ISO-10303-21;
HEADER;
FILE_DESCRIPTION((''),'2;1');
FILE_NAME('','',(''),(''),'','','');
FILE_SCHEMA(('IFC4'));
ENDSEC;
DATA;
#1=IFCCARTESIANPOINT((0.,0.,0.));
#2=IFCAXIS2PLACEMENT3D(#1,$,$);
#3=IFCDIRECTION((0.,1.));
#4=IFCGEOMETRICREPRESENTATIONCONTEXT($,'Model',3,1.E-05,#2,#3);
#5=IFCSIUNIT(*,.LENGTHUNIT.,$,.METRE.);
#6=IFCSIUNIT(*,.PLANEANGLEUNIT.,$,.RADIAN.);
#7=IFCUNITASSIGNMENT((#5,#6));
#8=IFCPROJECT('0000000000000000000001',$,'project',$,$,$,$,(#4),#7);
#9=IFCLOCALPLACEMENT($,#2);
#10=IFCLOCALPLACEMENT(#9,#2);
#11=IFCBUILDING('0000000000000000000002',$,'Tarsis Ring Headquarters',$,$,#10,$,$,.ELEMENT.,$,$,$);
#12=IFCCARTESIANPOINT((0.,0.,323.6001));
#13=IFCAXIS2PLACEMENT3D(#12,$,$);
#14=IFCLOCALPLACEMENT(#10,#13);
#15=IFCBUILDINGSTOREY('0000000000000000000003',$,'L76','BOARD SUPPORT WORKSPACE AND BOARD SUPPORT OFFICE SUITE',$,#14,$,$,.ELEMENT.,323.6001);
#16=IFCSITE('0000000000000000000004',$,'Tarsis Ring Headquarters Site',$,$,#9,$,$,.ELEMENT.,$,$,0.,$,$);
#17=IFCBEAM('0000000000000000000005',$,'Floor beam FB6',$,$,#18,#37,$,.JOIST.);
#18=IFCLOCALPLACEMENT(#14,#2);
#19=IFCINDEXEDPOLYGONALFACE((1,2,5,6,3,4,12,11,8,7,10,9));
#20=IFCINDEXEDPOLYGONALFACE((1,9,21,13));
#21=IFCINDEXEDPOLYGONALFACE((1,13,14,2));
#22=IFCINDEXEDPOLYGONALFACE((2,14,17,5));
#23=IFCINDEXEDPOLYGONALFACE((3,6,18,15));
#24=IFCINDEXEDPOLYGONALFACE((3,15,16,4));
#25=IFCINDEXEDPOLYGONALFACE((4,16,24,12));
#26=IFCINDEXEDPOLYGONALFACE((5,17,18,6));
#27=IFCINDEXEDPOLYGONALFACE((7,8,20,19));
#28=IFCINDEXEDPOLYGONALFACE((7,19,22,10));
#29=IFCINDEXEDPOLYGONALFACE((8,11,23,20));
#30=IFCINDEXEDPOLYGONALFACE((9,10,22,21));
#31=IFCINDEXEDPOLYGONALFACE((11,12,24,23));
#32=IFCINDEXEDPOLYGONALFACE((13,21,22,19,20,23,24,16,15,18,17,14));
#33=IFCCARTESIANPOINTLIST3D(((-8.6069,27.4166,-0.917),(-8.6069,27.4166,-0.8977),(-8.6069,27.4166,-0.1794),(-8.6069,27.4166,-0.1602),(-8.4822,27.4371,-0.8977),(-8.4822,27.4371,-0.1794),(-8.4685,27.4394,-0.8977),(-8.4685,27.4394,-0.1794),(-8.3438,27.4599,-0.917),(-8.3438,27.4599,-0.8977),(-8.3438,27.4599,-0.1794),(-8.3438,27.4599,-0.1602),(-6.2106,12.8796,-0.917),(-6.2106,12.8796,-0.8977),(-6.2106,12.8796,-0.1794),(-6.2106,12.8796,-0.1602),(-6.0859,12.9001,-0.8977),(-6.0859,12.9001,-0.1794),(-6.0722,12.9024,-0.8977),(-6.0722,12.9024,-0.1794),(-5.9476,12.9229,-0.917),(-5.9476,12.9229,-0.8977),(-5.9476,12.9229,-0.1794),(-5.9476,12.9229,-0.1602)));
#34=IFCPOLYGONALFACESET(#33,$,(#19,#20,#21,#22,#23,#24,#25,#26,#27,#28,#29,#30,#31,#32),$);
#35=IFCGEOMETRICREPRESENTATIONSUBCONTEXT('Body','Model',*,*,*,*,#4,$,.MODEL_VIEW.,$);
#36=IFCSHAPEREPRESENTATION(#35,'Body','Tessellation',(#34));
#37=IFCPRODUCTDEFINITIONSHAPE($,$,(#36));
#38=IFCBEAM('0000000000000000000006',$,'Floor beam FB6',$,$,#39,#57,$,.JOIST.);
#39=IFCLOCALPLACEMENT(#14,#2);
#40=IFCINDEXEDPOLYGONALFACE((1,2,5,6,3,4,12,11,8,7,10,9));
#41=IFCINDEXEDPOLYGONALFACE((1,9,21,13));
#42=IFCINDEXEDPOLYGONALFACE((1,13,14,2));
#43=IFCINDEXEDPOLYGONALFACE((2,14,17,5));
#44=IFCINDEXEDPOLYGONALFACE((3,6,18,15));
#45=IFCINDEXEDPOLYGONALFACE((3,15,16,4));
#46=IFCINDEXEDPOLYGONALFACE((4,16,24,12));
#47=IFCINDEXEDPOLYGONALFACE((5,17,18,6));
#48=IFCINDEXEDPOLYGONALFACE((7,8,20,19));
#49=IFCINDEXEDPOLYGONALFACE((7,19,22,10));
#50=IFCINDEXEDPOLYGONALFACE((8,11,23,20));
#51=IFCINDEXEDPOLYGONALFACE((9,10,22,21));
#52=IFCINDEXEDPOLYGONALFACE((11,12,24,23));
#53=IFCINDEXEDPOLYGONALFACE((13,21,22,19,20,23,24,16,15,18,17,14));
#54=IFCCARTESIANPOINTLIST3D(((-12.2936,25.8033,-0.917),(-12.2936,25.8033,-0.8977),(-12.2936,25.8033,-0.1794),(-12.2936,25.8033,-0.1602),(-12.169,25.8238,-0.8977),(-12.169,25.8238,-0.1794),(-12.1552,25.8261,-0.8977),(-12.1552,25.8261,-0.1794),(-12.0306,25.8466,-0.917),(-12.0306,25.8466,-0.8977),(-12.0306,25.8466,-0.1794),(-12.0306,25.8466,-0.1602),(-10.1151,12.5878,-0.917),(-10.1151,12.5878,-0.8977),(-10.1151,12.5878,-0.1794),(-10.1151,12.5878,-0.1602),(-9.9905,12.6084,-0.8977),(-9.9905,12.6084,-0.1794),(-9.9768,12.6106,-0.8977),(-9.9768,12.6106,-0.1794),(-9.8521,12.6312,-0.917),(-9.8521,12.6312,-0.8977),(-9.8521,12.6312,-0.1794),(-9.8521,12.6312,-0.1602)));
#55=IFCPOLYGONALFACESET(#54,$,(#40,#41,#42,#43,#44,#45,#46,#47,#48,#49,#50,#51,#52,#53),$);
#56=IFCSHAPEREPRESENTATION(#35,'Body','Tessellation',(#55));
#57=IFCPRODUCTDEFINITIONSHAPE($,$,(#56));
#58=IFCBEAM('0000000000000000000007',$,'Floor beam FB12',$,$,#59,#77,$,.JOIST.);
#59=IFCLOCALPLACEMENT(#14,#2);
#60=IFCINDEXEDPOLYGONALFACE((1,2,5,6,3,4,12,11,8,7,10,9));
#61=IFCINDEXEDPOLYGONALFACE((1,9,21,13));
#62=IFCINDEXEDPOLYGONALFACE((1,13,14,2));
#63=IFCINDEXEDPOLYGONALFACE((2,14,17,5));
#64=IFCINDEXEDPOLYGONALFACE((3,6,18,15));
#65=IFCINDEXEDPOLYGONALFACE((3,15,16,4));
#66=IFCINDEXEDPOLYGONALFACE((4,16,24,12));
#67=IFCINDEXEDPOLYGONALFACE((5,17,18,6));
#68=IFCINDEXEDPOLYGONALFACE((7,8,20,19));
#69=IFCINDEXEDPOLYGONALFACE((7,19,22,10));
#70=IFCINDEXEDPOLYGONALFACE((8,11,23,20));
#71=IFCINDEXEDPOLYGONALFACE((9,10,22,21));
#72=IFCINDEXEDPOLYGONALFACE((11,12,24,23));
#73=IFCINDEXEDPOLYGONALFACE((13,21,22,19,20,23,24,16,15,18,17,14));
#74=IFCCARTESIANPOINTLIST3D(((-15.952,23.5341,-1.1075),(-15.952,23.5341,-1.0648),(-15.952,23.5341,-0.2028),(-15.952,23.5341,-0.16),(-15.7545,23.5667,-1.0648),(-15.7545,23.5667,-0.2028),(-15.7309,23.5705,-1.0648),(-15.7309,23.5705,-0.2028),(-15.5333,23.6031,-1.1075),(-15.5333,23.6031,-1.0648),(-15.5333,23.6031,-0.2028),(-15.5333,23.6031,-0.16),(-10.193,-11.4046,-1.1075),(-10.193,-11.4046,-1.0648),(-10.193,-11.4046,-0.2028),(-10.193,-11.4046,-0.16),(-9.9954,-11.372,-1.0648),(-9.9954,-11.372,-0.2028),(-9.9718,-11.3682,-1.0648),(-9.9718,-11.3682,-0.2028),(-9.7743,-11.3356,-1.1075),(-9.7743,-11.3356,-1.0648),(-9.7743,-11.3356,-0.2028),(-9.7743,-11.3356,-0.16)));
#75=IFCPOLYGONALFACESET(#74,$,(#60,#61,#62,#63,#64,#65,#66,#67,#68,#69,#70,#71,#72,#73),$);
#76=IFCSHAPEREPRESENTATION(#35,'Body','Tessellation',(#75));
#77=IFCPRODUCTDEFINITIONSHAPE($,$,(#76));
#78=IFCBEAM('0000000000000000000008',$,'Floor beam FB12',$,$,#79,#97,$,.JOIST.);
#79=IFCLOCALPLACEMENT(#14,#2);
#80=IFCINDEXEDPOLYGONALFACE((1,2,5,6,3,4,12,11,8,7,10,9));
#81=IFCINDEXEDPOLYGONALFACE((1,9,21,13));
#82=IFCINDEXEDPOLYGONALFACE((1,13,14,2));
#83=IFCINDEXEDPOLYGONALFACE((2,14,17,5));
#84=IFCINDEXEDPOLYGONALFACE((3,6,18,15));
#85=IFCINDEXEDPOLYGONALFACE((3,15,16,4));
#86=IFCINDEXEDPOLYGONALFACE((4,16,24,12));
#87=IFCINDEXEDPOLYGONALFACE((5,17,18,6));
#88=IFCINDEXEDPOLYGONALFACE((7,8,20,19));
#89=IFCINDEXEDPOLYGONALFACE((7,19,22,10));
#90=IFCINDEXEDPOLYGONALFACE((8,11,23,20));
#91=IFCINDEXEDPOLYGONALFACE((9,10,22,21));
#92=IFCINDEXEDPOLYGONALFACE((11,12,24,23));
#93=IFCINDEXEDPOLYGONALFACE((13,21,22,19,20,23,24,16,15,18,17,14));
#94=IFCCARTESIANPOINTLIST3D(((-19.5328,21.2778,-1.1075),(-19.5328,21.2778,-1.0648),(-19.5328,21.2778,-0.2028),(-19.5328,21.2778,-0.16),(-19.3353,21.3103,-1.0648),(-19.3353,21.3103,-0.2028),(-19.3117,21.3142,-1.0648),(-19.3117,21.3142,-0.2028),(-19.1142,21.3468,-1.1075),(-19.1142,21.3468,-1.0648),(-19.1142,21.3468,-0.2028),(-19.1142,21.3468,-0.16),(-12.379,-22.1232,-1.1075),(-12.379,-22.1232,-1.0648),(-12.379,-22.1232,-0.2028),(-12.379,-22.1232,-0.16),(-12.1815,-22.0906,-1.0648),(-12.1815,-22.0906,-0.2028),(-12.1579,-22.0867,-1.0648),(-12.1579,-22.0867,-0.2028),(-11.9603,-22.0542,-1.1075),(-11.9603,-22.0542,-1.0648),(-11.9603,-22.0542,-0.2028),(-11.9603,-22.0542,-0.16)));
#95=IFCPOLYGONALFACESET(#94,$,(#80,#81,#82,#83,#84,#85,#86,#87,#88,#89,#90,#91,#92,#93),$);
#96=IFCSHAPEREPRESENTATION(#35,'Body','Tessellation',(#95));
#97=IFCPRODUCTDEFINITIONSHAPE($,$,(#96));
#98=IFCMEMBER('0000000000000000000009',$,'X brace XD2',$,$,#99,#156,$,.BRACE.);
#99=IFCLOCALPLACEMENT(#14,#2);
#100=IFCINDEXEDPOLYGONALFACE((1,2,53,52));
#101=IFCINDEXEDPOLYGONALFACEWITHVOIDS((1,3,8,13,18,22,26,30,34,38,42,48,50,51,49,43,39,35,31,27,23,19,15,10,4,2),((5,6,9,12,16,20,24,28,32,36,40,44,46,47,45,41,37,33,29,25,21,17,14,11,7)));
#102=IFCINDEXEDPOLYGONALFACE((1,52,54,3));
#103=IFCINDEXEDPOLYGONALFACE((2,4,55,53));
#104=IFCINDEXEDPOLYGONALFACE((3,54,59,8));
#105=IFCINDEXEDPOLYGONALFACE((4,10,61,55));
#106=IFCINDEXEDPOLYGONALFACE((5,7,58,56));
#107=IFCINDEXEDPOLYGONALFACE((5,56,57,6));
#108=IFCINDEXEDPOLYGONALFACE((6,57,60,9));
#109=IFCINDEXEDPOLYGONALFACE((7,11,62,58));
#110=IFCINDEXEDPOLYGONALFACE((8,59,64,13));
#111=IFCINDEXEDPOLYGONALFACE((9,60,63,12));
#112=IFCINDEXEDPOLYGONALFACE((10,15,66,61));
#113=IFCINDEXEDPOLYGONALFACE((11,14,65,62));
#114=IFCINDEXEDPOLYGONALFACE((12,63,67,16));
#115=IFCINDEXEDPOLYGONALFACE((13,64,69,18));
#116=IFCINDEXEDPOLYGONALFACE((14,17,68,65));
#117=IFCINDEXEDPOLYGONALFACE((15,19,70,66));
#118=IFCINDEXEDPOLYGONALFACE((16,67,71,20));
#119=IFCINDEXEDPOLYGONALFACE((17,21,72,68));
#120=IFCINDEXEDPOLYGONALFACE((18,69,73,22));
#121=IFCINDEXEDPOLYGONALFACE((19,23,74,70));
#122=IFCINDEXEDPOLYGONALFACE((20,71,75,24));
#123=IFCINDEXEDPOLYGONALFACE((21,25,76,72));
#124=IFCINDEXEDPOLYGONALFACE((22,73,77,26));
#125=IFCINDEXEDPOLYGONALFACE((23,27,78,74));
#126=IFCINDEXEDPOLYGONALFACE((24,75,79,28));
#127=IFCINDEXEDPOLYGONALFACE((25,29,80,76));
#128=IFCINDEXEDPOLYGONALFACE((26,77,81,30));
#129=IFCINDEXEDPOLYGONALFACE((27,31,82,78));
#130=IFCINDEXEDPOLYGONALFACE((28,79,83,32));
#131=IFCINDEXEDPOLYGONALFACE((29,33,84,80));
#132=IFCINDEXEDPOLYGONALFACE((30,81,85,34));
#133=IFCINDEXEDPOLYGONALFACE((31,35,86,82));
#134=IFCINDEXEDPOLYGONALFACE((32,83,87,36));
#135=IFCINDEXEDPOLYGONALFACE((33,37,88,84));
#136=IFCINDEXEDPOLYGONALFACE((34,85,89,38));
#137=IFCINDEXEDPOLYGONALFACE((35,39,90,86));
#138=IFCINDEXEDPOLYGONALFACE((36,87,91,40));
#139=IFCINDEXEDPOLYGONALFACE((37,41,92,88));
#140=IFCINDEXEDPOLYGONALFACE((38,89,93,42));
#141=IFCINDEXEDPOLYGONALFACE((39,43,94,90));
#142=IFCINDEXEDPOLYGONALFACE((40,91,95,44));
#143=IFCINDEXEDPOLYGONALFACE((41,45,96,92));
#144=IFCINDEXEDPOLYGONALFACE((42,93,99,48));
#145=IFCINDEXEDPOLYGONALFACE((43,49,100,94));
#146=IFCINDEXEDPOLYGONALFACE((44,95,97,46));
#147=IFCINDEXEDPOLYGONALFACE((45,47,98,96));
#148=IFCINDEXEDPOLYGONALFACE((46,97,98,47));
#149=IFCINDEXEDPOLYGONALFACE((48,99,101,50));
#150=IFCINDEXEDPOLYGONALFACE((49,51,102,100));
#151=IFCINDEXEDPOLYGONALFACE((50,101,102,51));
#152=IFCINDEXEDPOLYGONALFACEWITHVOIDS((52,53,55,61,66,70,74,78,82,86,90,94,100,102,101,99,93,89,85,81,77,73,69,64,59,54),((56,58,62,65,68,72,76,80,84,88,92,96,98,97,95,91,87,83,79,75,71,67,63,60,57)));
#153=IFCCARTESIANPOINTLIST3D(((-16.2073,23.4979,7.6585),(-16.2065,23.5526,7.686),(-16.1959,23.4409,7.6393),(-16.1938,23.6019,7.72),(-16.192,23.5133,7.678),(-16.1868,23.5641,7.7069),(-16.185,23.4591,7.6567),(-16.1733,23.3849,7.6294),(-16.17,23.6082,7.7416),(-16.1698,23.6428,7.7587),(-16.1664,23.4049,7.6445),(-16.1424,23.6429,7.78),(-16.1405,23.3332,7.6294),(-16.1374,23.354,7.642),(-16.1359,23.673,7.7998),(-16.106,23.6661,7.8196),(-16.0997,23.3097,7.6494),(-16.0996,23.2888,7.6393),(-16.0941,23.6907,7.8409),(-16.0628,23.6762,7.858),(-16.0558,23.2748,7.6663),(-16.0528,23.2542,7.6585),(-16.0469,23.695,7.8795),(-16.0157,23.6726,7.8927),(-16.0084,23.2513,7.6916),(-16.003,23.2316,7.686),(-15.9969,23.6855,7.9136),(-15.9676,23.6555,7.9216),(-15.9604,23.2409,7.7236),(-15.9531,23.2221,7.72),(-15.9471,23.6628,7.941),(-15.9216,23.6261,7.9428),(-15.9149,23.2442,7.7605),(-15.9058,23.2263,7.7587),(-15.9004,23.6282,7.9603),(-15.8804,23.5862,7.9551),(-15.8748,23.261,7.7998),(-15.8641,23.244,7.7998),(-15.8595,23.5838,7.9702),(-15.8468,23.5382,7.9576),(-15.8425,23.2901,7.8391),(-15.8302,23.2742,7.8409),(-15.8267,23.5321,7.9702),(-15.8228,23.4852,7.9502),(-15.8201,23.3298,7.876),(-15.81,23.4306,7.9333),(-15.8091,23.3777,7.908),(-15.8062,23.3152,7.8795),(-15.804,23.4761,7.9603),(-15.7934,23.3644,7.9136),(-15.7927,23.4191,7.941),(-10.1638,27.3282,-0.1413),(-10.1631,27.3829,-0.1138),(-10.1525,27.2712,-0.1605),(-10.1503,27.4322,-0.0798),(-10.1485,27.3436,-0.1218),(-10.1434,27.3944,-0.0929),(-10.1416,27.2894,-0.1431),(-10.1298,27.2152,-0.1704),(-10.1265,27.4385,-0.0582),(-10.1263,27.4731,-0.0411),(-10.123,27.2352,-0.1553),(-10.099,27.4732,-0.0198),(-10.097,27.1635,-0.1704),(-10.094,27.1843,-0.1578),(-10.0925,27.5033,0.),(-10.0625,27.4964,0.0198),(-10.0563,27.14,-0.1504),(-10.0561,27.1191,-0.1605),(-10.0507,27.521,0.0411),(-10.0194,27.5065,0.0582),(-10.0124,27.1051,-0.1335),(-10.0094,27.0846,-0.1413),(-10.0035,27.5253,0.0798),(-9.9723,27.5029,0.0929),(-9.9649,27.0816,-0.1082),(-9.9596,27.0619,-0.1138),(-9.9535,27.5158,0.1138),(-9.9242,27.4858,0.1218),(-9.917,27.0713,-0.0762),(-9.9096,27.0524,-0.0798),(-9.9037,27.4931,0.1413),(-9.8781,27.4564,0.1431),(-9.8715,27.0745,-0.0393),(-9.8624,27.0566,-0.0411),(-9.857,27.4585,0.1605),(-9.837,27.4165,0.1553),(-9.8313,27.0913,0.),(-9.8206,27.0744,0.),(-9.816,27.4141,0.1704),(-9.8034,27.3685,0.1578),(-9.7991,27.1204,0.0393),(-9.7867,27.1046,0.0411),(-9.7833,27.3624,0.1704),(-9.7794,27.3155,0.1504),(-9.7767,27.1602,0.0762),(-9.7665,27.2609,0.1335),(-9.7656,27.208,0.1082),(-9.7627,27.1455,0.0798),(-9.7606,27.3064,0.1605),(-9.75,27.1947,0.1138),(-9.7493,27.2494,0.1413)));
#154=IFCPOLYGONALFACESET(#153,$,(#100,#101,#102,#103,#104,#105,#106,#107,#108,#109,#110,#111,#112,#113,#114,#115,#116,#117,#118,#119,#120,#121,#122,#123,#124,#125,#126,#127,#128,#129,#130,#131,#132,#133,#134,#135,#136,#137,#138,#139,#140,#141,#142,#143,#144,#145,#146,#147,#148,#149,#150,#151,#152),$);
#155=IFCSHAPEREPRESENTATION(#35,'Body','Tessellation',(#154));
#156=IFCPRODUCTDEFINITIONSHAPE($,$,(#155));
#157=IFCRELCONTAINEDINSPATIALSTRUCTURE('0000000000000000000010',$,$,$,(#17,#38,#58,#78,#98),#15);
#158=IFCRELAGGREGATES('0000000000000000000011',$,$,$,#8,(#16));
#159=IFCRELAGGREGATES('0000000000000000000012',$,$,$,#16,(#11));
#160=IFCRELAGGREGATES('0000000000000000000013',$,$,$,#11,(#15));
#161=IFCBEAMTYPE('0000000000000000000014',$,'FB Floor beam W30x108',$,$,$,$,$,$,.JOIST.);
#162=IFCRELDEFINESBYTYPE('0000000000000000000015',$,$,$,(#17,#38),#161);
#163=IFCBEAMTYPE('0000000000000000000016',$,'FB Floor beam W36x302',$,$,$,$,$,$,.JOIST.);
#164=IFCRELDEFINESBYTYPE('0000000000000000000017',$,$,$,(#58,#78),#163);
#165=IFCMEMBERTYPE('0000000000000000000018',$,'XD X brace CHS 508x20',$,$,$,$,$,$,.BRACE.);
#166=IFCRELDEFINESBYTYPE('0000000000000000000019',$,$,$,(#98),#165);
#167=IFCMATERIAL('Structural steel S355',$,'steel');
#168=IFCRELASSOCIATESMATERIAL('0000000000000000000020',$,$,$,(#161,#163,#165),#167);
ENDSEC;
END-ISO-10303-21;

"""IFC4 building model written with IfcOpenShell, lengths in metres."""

from ifc_helpers import new_model, si_unit, direction, frame, origin, origin_2d, place, context, subcontext, project, spatial, hollow_circle, i_section, extrude, material, material_profile, profile_set, type_object, element, save


model = new_model("IFC4")

# Units and contexts
model_context = context("Model", 3, precision=1e-05, world=origin(), true_north=direction((0.0, 1.0)))
body_context = subcontext(model_context, "Body", "Model", "MODEL_VIEW")
ifc_project = project(units=[si_unit("LENGTHUNIT", "METRE"), si_unit("PLANEANGLEUNIT", "RADIAN")], contexts=[model_context])

# Site, building, storey
site_placement = place(None, origin())
site = spatial("IfcSite", under=ifc_project, at=site_placement, Name="Tarsis Ring Headquarters Site", CompositionType="ELEMENT", RefElevation=0.0)
building_placement = place(site_placement, origin())
building = spatial("IfcBuilding", under=site, at=building_placement, Name="Tarsis Ring Headquarters", CompositionType="ELEMENT")
storey_placement = place(building_placement, frame((0.0, 0.0, 323.6001)))
storey = spatial("IfcBuildingStorey", under=building, at=storey_placement, Name="L76", Description="BOARD SUPPORT WORKSPACE AND BOARD SUPPORT OFFICE SUITE", CompositionType="ELEMENT", Elevation=323.6001)

# Shared definitions
ifc_material_1 = material(Name="Structural steel S355", Category="steel")

# Beams
ifc_material_profile_1 = material_profile(ifc_material_1, i_section(OverallWidth=0.2666, OverallDepth=0.7568, WebThickness=0.0139, FlangeThickness=0.0193, at=origin_2d()), Name="W30x108")
ifc_profile_set_1 = profile_set([ifc_material_profile_1], Name="Structural steel S355")
beam_type_1 = type_object("IfcBeamType", Name="FB Floor beam W30x108", PredefinedType="JOIST", material=ifc_profile_set_1)
beam_1_placement = place(storey_placement, frame((-8.4753, 27.4382, -0.5386), z_axis=(0.162644, -0.986685, 0.0), x_axis=(0.986685, 0.162644, 0.0)))
element("IfcBeam", 1, at=beam_1_placement, inside=storey, type_object=beam_type_1, Name="Floor beam FB6", PredefinedType="JOIST", context=body_context, shape_type="SweptSolid", body=[
    extrude(i_section(OverallWidth=0.2666, OverallDepth=0.7568, WebThickness=0.0139, FlangeThickness=0.0193, at=origin_2d()), origin(), (0.0, 0.0, 1.0), 14.7332),
])
beam_2_placement = place(storey_placement, frame((-12.1621, 25.825, -0.5386), z_axis=(0.162649, -0.986684, 0.0), x_axis=(0.986684, 0.162649, 0.0)))
element("IfcBeam", 2, at=beam_2_placement, inside=storey, type_object=beam_type_1, Name="Floor beam FB6", PredefinedType="JOIST", context=body_context, shape_type="SweptSolid", body=[
    extrude(i_section(OverallWidth=0.2666, OverallDepth=0.7568, WebThickness=0.0139, FlangeThickness=0.0193, at=origin_2d()), origin(), (0.0, 0.0, 1.0), 13.3938),
])
ifc_material_profile_2 = material_profile(ifc_material_1, i_section(OverallWidth=0.4243, OverallDepth=0.9475, WebThickness=0.0239, FlangeThickness=0.0427, at=origin_2d()), Name="W36x302")
ifc_profile_set_2 = profile_set([ifc_material_profile_2], Name="Structural steel S355")
beam_type_2 = type_object("IfcBeamType", Name="FB Floor beam W36x302", PredefinedType="JOIST", material=ifc_profile_set_2)
beam_3_placement = place(storey_placement, frame((-15.7427, 23.5686, -0.6338), z_axis=(0.162638, -0.986686, 0.0), x_axis=(0.986686, 0.162638, 0.0)))
element("IfcBeam", 3, at=beam_3_placement, inside=storey, type_object=beam_type_2, Name="Floor beam FB12", PredefinedType="JOIST", context=body_context, shape_type="SweptSolid", body=[
    extrude(i_section(OverallWidth=0.4243, OverallDepth=0.9475, WebThickness=0.0239, FlangeThickness=0.0427, at=origin_2d()), origin(), (0.0, 0.0, 1.0), 35.4102),
])
beam_4_placement = place(storey_placement, frame((-19.3235, 21.3123, -0.6338), z_axis=(0.162636, -0.986686, 0.0), x_axis=(0.986686, 0.162636, 0.0)))
element("IfcBeam", 4, at=beam_4_placement, inside=storey, type_object=beam_type_2, Name="Floor beam FB12", PredefinedType="JOIST", context=body_context, shape_type="SweptSolid", body=[
    extrude(i_section(OverallWidth=0.4243, OverallDepth=0.9475, WebThickness=0.0239, FlangeThickness=0.0427, at=origin_2d()), origin(), (0.0, 0.0, 1.0), 43.9866),
])

# Member
ifc_material_profile_3 = material_profile(ifc_material_1, hollow_circle(Radius=0.2539, WallThickness=0.02, at=origin_2d()), Name="CHS 508x20")
ifc_profile_set_3 = profile_set([ifc_material_profile_3], Name="Structural steel S355")
member_type = type_object("IfcMemberType", Name="XD X brace CHS 508x20", PredefinedType="BRACE", material=ifc_profile_set_3)
member_1_placement = place(storey_placement, frame((-9.9565, 27.2888, 0.0), z_axis=(-0.570972, -0.36188, 0.736908), x_axis=(0.535331, -0.844642, 0.0)))
element("IfcMember", 5, at=member_1_placement, inside=storey, type_object=member_type, Name="X brace XD2", PredefinedType="BRACE", context=body_context, shape_type="SweptSolid", body=[
    extrude(hollow_circle(Radius=0.2539, WallThickness=0.02, at=origin_2d()), origin(), (0.0, 0.0, 1.0), 10.5845),
])

save(model, "model.ifc")
